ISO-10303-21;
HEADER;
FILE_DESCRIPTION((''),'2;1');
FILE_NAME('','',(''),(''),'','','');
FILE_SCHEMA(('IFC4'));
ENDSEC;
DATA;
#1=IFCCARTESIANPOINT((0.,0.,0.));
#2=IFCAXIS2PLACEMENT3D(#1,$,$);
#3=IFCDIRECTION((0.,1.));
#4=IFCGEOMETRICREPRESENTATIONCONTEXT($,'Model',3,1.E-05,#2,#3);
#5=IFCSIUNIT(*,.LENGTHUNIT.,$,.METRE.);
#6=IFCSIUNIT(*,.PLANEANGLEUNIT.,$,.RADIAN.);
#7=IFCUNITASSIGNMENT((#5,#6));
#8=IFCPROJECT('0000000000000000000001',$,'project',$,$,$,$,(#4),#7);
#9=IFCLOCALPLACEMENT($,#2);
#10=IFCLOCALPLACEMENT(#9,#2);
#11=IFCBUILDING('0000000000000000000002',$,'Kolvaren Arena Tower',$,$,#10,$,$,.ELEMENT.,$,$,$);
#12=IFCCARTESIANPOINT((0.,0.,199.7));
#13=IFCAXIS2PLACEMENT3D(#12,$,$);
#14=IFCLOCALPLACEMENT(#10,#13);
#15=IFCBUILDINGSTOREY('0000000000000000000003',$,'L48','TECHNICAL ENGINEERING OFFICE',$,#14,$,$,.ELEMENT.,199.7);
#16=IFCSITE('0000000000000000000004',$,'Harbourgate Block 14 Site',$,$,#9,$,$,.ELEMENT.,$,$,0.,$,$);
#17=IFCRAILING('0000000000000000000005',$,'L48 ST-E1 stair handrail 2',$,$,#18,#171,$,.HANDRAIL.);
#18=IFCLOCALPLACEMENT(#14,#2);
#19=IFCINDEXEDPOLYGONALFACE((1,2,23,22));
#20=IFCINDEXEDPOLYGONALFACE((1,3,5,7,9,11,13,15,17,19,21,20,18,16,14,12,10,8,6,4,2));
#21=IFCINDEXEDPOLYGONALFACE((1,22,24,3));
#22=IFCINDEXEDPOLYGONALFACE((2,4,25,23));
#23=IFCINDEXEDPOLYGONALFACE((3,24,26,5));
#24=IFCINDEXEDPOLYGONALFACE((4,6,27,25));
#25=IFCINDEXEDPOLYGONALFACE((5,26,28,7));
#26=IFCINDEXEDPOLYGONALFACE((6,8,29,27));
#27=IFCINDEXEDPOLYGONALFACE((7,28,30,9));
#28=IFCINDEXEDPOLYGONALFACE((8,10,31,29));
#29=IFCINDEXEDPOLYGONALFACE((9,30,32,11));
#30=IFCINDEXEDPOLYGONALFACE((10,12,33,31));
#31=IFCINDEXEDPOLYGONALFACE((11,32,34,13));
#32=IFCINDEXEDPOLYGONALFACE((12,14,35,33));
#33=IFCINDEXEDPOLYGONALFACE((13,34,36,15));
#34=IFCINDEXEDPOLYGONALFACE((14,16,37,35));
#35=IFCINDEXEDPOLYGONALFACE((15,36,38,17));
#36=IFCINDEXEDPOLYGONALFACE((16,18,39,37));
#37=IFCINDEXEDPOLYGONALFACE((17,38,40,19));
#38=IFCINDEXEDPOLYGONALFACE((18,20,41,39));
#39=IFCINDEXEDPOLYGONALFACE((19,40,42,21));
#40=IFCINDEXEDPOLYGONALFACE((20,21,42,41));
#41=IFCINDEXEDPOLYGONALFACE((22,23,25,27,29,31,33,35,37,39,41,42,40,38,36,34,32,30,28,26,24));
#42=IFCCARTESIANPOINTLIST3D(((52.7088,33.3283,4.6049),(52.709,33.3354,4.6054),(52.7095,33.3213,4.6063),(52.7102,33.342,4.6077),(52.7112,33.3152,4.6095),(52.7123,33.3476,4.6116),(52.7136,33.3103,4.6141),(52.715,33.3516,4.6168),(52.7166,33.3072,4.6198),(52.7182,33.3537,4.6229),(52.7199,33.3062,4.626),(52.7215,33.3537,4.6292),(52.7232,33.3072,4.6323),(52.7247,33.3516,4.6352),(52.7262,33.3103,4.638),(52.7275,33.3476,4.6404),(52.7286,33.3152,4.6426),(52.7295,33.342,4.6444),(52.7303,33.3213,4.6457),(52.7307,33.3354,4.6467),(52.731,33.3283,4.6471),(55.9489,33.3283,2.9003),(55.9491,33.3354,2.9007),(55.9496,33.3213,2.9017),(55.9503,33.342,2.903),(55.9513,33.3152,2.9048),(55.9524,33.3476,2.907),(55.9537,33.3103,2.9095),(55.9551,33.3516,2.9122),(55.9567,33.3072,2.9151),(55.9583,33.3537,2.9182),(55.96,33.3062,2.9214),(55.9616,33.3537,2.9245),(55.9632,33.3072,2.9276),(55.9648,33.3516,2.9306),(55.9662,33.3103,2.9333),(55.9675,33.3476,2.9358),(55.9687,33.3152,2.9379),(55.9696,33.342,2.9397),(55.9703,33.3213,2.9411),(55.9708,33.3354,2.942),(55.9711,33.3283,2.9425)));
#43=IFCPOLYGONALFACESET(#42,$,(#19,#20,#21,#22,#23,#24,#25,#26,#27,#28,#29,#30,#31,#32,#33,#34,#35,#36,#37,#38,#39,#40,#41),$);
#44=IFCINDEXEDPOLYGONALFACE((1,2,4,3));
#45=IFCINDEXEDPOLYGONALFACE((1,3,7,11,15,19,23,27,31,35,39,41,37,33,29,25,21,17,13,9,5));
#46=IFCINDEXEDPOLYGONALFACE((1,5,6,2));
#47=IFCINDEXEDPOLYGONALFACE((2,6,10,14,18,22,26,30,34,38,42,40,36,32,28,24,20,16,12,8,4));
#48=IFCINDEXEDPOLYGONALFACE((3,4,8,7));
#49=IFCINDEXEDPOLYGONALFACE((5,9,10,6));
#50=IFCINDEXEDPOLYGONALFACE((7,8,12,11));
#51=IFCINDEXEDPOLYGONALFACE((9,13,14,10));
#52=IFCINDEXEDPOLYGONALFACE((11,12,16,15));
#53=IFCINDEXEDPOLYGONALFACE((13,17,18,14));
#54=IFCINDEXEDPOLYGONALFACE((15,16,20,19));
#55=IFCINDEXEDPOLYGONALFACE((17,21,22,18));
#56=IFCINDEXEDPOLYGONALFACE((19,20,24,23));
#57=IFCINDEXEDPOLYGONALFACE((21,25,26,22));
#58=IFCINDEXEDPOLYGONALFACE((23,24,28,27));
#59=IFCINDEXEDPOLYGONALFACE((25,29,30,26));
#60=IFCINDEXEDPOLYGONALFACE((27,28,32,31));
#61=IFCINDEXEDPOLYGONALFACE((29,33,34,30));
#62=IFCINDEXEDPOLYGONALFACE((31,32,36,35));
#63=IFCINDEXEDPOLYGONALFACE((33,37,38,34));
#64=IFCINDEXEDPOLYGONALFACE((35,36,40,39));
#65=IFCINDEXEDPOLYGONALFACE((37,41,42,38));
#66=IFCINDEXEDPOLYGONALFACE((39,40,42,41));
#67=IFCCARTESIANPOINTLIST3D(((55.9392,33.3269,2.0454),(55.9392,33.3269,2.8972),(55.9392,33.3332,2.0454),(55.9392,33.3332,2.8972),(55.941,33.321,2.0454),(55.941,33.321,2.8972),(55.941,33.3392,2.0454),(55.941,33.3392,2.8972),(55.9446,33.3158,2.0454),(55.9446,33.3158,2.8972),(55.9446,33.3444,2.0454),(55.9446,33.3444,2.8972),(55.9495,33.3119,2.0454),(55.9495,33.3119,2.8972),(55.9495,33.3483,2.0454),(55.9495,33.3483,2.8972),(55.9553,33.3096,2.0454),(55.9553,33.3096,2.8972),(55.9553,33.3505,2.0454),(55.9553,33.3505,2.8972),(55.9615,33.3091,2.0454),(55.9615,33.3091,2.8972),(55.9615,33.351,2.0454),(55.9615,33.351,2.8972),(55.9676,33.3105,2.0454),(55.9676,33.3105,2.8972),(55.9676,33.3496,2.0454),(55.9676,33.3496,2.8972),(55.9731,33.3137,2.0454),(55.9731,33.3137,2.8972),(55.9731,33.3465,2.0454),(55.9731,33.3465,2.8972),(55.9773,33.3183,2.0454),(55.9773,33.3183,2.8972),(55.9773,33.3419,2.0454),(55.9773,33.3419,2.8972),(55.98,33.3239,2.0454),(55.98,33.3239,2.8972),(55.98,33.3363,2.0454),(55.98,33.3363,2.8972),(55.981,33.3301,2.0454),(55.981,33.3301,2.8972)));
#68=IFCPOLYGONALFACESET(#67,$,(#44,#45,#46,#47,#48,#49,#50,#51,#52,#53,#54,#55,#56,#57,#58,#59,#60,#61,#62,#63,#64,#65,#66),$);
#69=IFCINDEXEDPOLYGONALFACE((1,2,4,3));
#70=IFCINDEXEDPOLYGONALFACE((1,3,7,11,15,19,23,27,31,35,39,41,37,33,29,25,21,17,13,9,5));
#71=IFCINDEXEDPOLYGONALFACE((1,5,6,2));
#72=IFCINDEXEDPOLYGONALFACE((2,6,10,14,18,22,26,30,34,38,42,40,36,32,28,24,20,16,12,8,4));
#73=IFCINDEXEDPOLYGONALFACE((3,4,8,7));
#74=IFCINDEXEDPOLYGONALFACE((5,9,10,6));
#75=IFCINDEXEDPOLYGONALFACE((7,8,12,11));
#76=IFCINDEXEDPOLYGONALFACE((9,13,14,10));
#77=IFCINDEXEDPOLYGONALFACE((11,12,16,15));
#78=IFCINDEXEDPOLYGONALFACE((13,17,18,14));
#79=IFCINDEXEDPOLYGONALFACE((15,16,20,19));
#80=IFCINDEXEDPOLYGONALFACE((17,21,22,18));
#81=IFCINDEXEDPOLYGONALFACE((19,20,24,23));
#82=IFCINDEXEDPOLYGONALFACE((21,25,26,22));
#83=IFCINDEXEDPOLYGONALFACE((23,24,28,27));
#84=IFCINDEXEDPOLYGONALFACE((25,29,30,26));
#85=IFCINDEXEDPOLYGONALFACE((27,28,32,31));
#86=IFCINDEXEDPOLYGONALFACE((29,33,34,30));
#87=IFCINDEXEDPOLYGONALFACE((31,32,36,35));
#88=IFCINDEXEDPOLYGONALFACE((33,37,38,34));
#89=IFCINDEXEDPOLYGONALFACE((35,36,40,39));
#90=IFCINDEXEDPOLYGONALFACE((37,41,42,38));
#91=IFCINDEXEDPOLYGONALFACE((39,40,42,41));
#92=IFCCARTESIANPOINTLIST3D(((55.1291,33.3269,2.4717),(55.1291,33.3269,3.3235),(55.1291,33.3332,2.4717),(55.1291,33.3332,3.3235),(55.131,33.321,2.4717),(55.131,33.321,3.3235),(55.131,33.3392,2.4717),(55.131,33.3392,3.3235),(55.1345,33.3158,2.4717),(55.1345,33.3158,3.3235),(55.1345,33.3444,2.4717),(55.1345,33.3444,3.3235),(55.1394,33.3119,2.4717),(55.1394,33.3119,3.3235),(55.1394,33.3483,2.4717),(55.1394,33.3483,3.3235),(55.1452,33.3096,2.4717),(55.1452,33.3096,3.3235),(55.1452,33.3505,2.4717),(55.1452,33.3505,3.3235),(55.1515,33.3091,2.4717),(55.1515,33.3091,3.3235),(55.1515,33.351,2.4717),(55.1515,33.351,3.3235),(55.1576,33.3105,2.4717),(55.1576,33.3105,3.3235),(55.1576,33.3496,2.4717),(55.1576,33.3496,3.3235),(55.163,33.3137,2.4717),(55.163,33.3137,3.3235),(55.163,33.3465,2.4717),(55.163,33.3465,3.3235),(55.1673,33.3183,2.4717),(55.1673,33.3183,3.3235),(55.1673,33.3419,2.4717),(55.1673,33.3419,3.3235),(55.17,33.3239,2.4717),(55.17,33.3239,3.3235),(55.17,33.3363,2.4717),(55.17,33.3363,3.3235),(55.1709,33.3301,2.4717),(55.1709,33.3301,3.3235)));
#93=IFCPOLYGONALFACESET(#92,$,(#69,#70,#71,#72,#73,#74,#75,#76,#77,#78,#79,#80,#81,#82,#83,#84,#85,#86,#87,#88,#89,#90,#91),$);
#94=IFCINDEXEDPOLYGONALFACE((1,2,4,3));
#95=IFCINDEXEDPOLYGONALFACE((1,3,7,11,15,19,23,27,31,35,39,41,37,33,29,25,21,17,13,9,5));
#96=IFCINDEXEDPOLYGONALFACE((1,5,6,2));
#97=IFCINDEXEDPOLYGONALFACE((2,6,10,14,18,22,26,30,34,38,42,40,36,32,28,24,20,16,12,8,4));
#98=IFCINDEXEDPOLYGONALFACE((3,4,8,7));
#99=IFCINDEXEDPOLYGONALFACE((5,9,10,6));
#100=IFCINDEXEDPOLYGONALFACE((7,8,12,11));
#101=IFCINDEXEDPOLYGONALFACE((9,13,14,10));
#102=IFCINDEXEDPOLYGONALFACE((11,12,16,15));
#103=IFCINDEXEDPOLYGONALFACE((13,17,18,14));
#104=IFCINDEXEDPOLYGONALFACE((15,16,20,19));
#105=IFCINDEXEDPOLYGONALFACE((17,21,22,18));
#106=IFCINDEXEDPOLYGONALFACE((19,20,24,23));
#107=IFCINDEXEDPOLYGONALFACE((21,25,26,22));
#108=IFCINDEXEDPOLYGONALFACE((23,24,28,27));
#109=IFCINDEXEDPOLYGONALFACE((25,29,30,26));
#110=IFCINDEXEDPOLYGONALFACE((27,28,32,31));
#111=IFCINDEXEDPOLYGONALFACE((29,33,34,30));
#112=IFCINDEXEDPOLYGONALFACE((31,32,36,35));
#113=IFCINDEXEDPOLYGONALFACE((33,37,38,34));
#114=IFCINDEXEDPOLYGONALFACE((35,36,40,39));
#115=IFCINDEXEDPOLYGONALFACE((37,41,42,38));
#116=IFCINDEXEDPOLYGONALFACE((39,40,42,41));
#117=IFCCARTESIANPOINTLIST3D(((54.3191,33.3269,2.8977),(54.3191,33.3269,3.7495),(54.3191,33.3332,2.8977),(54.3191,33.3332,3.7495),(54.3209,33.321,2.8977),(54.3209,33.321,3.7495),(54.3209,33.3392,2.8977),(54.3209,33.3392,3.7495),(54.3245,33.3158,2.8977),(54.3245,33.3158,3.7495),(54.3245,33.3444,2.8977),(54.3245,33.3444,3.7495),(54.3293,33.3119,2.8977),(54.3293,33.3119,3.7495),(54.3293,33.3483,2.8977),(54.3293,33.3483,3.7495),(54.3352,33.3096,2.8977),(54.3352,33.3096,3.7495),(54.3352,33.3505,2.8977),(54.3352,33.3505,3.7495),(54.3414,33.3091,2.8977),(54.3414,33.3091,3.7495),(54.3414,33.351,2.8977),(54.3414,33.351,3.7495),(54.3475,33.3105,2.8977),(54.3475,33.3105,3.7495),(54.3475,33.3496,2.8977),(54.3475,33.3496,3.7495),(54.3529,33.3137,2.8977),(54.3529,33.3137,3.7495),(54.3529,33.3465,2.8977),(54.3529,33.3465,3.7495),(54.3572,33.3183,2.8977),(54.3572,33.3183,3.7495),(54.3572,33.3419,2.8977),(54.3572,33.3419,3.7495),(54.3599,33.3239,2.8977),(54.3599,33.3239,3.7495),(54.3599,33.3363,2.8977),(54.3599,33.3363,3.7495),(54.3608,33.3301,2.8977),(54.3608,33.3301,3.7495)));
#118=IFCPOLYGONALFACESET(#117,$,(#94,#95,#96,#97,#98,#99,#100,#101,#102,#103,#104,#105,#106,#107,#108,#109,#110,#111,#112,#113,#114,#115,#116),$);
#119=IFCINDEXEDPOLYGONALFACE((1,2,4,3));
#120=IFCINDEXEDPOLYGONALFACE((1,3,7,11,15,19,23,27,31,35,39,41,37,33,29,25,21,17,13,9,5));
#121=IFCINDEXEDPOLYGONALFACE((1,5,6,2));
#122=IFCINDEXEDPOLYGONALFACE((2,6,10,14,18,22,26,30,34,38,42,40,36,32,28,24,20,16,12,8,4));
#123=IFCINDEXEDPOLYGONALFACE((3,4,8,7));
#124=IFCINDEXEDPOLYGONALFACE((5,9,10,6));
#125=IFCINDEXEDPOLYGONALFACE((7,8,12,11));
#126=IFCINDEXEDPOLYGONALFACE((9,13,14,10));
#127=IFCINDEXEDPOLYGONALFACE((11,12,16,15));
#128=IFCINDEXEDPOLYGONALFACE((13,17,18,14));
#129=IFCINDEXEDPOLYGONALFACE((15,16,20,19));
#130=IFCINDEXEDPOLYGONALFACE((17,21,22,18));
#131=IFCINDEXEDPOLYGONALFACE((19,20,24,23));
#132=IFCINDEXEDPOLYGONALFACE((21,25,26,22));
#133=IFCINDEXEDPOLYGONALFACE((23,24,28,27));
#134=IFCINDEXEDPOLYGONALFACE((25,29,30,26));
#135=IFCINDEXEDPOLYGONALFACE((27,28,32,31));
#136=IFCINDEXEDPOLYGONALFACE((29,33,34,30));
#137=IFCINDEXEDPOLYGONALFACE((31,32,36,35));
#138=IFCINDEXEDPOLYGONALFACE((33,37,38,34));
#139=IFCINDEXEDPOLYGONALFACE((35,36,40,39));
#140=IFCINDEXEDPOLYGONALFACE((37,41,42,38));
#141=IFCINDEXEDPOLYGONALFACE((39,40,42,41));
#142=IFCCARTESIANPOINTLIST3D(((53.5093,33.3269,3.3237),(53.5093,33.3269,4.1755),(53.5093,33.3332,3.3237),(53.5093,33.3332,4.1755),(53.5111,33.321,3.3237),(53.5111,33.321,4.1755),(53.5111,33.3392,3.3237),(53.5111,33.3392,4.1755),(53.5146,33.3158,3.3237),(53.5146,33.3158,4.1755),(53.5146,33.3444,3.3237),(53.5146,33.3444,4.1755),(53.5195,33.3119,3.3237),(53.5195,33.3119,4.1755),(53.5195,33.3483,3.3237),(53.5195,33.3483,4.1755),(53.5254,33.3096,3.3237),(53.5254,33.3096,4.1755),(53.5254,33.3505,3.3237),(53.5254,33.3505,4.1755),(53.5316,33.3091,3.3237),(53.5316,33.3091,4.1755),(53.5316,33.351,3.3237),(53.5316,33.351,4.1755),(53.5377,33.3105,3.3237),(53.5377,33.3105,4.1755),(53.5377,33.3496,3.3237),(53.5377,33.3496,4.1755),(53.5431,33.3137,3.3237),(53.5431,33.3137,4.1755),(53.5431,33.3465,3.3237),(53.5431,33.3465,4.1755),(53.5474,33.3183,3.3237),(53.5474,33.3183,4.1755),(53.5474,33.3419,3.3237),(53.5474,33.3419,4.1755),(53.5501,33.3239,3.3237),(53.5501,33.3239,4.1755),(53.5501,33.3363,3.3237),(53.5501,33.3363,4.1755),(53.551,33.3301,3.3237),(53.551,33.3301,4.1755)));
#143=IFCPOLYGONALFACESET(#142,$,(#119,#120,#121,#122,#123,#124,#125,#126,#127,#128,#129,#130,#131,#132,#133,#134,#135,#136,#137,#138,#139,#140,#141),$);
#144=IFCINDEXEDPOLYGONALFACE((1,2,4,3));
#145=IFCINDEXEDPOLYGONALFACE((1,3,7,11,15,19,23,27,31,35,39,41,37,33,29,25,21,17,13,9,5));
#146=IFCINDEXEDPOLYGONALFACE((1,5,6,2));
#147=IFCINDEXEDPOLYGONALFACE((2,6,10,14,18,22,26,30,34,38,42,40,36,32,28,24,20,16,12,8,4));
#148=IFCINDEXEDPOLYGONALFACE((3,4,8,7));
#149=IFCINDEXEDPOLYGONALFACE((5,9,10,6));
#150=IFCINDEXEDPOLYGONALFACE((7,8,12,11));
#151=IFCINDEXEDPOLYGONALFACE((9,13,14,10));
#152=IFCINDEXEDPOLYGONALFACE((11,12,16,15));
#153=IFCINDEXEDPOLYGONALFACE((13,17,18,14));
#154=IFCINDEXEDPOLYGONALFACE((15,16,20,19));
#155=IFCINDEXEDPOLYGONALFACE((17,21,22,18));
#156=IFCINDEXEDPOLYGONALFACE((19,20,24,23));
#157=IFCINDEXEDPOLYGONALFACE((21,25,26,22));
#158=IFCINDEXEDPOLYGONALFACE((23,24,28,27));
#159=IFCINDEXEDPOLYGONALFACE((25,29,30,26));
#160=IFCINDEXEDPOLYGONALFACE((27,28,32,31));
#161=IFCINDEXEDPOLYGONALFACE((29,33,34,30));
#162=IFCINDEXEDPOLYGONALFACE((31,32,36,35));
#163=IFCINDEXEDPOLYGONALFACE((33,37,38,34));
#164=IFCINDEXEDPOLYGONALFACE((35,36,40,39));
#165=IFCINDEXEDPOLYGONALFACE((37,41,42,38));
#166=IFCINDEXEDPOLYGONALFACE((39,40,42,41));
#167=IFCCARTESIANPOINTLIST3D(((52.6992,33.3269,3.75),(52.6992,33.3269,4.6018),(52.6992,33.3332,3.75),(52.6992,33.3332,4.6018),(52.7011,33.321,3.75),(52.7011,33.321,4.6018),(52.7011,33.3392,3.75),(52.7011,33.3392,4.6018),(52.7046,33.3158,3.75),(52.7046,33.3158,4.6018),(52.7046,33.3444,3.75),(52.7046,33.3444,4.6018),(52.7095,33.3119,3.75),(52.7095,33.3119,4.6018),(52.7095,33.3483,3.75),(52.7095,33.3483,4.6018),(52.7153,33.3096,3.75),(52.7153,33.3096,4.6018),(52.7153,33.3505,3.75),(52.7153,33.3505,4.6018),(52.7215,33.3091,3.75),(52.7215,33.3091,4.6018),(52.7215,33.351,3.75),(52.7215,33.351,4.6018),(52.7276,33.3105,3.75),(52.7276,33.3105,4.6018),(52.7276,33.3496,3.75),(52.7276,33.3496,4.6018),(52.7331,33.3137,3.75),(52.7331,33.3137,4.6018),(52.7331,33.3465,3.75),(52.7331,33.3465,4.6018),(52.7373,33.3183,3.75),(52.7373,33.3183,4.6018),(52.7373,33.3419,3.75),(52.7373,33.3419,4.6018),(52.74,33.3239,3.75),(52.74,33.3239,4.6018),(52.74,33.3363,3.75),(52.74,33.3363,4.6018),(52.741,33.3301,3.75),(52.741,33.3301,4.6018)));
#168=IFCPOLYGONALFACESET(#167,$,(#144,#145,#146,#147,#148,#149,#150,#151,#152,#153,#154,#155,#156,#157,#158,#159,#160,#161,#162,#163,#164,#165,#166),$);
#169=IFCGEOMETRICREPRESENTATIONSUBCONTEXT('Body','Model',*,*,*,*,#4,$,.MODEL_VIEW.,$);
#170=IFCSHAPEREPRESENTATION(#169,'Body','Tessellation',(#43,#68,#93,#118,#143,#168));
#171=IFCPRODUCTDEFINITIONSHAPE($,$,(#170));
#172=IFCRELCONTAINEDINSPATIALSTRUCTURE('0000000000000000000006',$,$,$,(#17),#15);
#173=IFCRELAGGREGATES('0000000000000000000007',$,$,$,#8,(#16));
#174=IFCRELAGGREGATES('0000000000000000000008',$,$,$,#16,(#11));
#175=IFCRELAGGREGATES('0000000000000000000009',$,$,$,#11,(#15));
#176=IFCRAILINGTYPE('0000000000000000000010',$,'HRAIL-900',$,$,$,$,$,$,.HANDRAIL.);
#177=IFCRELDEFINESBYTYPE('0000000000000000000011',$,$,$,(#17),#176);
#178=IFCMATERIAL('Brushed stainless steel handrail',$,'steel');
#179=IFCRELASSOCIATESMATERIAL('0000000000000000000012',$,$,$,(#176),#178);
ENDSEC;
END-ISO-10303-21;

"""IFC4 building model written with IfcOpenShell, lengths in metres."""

from ifc_helpers import new_model, si_unit, direction, frame, origin, origin_2d, place, context, subcontext, project, spatial, circle, extrude, material, type_object, element, save


model = new_model("IFC4")

# Units and contexts
model_context = context("Model", 3, precision=1e-05, world=origin(), true_north=direction((0.0, 1.0)))
body_context = subcontext(model_context, "Body", "Model", "MODEL_VIEW")
ifc_project = project(units=[si_unit("LENGTHUNIT", "METRE"), si_unit("PLANEANGLEUNIT", "RADIAN")], contexts=[model_context])

# Site, building, storey
site_placement = place(None, origin())
site = spatial("IfcSite", under=ifc_project, at=site_placement, Name="Harbourgate Block 14 Site", CompositionType="ELEMENT", RefElevation=0.0)
building_placement = place(site_placement, origin())
building = spatial("IfcBuilding", under=site, at=building_placement, Name="Kolvaren Arena Tower", CompositionType="ELEMENT")
storey_placement = place(building_placement, frame((0.0, 0.0, 199.7)))
storey = spatial("IfcBuildingStorey", under=building, at=storey_placement, Name="L48", Description="TECHNICAL ENGINEERING OFFICE", CompositionType="ELEMENT", Elevation=199.7)

# Railing
ifc_material_1 = material(Name="Brushed stainless steel handrail", Category="steel")
railing_type_1 = type_object("IfcRailingType", Name="HRAIL-900", PredefinedType="HANDRAIL", material=ifc_material_1)
for number, where, name in (
    (1, (55.96, 33.3301, 2.0454), "L48 ST-E1 stair handrail 2"),
):
    element("IfcRailing", number, at=place(storey_placement, frame(where)), inside=storey, type_object=railing_type_1, Name=name, PredefinedType="HANDRAIL", context=body_context, shape_type="SweptSolid", body=[
        extrude(circle(Radius=0.0239, at=origin_2d()), frame((0.0, 0.0, 0.876), z_axis=(-0.884993, 0.0, 0.465604), x_axis=(0.0, -1.0, 0.0)), (0.0, 0.0, 1.0), 3.6611),
        extrude(circle(Radius=0.021, at=origin_2d()), origin(), (0.0, 0.0, 1.0), 0.8518),
        extrude(circle(Radius=0.021, at=origin_2d()), frame((-0.8101, 0.0, 0.4263)), (0.0, 0.0, 1.0), 0.8518),
        extrude(circle(Radius=0.021, at=origin_2d()), frame((-1.6201, 0.0, 0.8523)), (0.0, 0.0, 1.0), 0.8518),
        extrude(circle(Radius=0.021, at=origin_2d()), frame((-2.4299, 0.0, 1.2783)), (0.0, 0.0, 1.0), 0.8518),
        extrude(circle(Radius=0.021, at=origin_2d()), frame((-3.24, 0.0, 1.7046)), (0.0, 0.0, 1.0), 0.8518),
    ])

save(model, "model.ifc")
